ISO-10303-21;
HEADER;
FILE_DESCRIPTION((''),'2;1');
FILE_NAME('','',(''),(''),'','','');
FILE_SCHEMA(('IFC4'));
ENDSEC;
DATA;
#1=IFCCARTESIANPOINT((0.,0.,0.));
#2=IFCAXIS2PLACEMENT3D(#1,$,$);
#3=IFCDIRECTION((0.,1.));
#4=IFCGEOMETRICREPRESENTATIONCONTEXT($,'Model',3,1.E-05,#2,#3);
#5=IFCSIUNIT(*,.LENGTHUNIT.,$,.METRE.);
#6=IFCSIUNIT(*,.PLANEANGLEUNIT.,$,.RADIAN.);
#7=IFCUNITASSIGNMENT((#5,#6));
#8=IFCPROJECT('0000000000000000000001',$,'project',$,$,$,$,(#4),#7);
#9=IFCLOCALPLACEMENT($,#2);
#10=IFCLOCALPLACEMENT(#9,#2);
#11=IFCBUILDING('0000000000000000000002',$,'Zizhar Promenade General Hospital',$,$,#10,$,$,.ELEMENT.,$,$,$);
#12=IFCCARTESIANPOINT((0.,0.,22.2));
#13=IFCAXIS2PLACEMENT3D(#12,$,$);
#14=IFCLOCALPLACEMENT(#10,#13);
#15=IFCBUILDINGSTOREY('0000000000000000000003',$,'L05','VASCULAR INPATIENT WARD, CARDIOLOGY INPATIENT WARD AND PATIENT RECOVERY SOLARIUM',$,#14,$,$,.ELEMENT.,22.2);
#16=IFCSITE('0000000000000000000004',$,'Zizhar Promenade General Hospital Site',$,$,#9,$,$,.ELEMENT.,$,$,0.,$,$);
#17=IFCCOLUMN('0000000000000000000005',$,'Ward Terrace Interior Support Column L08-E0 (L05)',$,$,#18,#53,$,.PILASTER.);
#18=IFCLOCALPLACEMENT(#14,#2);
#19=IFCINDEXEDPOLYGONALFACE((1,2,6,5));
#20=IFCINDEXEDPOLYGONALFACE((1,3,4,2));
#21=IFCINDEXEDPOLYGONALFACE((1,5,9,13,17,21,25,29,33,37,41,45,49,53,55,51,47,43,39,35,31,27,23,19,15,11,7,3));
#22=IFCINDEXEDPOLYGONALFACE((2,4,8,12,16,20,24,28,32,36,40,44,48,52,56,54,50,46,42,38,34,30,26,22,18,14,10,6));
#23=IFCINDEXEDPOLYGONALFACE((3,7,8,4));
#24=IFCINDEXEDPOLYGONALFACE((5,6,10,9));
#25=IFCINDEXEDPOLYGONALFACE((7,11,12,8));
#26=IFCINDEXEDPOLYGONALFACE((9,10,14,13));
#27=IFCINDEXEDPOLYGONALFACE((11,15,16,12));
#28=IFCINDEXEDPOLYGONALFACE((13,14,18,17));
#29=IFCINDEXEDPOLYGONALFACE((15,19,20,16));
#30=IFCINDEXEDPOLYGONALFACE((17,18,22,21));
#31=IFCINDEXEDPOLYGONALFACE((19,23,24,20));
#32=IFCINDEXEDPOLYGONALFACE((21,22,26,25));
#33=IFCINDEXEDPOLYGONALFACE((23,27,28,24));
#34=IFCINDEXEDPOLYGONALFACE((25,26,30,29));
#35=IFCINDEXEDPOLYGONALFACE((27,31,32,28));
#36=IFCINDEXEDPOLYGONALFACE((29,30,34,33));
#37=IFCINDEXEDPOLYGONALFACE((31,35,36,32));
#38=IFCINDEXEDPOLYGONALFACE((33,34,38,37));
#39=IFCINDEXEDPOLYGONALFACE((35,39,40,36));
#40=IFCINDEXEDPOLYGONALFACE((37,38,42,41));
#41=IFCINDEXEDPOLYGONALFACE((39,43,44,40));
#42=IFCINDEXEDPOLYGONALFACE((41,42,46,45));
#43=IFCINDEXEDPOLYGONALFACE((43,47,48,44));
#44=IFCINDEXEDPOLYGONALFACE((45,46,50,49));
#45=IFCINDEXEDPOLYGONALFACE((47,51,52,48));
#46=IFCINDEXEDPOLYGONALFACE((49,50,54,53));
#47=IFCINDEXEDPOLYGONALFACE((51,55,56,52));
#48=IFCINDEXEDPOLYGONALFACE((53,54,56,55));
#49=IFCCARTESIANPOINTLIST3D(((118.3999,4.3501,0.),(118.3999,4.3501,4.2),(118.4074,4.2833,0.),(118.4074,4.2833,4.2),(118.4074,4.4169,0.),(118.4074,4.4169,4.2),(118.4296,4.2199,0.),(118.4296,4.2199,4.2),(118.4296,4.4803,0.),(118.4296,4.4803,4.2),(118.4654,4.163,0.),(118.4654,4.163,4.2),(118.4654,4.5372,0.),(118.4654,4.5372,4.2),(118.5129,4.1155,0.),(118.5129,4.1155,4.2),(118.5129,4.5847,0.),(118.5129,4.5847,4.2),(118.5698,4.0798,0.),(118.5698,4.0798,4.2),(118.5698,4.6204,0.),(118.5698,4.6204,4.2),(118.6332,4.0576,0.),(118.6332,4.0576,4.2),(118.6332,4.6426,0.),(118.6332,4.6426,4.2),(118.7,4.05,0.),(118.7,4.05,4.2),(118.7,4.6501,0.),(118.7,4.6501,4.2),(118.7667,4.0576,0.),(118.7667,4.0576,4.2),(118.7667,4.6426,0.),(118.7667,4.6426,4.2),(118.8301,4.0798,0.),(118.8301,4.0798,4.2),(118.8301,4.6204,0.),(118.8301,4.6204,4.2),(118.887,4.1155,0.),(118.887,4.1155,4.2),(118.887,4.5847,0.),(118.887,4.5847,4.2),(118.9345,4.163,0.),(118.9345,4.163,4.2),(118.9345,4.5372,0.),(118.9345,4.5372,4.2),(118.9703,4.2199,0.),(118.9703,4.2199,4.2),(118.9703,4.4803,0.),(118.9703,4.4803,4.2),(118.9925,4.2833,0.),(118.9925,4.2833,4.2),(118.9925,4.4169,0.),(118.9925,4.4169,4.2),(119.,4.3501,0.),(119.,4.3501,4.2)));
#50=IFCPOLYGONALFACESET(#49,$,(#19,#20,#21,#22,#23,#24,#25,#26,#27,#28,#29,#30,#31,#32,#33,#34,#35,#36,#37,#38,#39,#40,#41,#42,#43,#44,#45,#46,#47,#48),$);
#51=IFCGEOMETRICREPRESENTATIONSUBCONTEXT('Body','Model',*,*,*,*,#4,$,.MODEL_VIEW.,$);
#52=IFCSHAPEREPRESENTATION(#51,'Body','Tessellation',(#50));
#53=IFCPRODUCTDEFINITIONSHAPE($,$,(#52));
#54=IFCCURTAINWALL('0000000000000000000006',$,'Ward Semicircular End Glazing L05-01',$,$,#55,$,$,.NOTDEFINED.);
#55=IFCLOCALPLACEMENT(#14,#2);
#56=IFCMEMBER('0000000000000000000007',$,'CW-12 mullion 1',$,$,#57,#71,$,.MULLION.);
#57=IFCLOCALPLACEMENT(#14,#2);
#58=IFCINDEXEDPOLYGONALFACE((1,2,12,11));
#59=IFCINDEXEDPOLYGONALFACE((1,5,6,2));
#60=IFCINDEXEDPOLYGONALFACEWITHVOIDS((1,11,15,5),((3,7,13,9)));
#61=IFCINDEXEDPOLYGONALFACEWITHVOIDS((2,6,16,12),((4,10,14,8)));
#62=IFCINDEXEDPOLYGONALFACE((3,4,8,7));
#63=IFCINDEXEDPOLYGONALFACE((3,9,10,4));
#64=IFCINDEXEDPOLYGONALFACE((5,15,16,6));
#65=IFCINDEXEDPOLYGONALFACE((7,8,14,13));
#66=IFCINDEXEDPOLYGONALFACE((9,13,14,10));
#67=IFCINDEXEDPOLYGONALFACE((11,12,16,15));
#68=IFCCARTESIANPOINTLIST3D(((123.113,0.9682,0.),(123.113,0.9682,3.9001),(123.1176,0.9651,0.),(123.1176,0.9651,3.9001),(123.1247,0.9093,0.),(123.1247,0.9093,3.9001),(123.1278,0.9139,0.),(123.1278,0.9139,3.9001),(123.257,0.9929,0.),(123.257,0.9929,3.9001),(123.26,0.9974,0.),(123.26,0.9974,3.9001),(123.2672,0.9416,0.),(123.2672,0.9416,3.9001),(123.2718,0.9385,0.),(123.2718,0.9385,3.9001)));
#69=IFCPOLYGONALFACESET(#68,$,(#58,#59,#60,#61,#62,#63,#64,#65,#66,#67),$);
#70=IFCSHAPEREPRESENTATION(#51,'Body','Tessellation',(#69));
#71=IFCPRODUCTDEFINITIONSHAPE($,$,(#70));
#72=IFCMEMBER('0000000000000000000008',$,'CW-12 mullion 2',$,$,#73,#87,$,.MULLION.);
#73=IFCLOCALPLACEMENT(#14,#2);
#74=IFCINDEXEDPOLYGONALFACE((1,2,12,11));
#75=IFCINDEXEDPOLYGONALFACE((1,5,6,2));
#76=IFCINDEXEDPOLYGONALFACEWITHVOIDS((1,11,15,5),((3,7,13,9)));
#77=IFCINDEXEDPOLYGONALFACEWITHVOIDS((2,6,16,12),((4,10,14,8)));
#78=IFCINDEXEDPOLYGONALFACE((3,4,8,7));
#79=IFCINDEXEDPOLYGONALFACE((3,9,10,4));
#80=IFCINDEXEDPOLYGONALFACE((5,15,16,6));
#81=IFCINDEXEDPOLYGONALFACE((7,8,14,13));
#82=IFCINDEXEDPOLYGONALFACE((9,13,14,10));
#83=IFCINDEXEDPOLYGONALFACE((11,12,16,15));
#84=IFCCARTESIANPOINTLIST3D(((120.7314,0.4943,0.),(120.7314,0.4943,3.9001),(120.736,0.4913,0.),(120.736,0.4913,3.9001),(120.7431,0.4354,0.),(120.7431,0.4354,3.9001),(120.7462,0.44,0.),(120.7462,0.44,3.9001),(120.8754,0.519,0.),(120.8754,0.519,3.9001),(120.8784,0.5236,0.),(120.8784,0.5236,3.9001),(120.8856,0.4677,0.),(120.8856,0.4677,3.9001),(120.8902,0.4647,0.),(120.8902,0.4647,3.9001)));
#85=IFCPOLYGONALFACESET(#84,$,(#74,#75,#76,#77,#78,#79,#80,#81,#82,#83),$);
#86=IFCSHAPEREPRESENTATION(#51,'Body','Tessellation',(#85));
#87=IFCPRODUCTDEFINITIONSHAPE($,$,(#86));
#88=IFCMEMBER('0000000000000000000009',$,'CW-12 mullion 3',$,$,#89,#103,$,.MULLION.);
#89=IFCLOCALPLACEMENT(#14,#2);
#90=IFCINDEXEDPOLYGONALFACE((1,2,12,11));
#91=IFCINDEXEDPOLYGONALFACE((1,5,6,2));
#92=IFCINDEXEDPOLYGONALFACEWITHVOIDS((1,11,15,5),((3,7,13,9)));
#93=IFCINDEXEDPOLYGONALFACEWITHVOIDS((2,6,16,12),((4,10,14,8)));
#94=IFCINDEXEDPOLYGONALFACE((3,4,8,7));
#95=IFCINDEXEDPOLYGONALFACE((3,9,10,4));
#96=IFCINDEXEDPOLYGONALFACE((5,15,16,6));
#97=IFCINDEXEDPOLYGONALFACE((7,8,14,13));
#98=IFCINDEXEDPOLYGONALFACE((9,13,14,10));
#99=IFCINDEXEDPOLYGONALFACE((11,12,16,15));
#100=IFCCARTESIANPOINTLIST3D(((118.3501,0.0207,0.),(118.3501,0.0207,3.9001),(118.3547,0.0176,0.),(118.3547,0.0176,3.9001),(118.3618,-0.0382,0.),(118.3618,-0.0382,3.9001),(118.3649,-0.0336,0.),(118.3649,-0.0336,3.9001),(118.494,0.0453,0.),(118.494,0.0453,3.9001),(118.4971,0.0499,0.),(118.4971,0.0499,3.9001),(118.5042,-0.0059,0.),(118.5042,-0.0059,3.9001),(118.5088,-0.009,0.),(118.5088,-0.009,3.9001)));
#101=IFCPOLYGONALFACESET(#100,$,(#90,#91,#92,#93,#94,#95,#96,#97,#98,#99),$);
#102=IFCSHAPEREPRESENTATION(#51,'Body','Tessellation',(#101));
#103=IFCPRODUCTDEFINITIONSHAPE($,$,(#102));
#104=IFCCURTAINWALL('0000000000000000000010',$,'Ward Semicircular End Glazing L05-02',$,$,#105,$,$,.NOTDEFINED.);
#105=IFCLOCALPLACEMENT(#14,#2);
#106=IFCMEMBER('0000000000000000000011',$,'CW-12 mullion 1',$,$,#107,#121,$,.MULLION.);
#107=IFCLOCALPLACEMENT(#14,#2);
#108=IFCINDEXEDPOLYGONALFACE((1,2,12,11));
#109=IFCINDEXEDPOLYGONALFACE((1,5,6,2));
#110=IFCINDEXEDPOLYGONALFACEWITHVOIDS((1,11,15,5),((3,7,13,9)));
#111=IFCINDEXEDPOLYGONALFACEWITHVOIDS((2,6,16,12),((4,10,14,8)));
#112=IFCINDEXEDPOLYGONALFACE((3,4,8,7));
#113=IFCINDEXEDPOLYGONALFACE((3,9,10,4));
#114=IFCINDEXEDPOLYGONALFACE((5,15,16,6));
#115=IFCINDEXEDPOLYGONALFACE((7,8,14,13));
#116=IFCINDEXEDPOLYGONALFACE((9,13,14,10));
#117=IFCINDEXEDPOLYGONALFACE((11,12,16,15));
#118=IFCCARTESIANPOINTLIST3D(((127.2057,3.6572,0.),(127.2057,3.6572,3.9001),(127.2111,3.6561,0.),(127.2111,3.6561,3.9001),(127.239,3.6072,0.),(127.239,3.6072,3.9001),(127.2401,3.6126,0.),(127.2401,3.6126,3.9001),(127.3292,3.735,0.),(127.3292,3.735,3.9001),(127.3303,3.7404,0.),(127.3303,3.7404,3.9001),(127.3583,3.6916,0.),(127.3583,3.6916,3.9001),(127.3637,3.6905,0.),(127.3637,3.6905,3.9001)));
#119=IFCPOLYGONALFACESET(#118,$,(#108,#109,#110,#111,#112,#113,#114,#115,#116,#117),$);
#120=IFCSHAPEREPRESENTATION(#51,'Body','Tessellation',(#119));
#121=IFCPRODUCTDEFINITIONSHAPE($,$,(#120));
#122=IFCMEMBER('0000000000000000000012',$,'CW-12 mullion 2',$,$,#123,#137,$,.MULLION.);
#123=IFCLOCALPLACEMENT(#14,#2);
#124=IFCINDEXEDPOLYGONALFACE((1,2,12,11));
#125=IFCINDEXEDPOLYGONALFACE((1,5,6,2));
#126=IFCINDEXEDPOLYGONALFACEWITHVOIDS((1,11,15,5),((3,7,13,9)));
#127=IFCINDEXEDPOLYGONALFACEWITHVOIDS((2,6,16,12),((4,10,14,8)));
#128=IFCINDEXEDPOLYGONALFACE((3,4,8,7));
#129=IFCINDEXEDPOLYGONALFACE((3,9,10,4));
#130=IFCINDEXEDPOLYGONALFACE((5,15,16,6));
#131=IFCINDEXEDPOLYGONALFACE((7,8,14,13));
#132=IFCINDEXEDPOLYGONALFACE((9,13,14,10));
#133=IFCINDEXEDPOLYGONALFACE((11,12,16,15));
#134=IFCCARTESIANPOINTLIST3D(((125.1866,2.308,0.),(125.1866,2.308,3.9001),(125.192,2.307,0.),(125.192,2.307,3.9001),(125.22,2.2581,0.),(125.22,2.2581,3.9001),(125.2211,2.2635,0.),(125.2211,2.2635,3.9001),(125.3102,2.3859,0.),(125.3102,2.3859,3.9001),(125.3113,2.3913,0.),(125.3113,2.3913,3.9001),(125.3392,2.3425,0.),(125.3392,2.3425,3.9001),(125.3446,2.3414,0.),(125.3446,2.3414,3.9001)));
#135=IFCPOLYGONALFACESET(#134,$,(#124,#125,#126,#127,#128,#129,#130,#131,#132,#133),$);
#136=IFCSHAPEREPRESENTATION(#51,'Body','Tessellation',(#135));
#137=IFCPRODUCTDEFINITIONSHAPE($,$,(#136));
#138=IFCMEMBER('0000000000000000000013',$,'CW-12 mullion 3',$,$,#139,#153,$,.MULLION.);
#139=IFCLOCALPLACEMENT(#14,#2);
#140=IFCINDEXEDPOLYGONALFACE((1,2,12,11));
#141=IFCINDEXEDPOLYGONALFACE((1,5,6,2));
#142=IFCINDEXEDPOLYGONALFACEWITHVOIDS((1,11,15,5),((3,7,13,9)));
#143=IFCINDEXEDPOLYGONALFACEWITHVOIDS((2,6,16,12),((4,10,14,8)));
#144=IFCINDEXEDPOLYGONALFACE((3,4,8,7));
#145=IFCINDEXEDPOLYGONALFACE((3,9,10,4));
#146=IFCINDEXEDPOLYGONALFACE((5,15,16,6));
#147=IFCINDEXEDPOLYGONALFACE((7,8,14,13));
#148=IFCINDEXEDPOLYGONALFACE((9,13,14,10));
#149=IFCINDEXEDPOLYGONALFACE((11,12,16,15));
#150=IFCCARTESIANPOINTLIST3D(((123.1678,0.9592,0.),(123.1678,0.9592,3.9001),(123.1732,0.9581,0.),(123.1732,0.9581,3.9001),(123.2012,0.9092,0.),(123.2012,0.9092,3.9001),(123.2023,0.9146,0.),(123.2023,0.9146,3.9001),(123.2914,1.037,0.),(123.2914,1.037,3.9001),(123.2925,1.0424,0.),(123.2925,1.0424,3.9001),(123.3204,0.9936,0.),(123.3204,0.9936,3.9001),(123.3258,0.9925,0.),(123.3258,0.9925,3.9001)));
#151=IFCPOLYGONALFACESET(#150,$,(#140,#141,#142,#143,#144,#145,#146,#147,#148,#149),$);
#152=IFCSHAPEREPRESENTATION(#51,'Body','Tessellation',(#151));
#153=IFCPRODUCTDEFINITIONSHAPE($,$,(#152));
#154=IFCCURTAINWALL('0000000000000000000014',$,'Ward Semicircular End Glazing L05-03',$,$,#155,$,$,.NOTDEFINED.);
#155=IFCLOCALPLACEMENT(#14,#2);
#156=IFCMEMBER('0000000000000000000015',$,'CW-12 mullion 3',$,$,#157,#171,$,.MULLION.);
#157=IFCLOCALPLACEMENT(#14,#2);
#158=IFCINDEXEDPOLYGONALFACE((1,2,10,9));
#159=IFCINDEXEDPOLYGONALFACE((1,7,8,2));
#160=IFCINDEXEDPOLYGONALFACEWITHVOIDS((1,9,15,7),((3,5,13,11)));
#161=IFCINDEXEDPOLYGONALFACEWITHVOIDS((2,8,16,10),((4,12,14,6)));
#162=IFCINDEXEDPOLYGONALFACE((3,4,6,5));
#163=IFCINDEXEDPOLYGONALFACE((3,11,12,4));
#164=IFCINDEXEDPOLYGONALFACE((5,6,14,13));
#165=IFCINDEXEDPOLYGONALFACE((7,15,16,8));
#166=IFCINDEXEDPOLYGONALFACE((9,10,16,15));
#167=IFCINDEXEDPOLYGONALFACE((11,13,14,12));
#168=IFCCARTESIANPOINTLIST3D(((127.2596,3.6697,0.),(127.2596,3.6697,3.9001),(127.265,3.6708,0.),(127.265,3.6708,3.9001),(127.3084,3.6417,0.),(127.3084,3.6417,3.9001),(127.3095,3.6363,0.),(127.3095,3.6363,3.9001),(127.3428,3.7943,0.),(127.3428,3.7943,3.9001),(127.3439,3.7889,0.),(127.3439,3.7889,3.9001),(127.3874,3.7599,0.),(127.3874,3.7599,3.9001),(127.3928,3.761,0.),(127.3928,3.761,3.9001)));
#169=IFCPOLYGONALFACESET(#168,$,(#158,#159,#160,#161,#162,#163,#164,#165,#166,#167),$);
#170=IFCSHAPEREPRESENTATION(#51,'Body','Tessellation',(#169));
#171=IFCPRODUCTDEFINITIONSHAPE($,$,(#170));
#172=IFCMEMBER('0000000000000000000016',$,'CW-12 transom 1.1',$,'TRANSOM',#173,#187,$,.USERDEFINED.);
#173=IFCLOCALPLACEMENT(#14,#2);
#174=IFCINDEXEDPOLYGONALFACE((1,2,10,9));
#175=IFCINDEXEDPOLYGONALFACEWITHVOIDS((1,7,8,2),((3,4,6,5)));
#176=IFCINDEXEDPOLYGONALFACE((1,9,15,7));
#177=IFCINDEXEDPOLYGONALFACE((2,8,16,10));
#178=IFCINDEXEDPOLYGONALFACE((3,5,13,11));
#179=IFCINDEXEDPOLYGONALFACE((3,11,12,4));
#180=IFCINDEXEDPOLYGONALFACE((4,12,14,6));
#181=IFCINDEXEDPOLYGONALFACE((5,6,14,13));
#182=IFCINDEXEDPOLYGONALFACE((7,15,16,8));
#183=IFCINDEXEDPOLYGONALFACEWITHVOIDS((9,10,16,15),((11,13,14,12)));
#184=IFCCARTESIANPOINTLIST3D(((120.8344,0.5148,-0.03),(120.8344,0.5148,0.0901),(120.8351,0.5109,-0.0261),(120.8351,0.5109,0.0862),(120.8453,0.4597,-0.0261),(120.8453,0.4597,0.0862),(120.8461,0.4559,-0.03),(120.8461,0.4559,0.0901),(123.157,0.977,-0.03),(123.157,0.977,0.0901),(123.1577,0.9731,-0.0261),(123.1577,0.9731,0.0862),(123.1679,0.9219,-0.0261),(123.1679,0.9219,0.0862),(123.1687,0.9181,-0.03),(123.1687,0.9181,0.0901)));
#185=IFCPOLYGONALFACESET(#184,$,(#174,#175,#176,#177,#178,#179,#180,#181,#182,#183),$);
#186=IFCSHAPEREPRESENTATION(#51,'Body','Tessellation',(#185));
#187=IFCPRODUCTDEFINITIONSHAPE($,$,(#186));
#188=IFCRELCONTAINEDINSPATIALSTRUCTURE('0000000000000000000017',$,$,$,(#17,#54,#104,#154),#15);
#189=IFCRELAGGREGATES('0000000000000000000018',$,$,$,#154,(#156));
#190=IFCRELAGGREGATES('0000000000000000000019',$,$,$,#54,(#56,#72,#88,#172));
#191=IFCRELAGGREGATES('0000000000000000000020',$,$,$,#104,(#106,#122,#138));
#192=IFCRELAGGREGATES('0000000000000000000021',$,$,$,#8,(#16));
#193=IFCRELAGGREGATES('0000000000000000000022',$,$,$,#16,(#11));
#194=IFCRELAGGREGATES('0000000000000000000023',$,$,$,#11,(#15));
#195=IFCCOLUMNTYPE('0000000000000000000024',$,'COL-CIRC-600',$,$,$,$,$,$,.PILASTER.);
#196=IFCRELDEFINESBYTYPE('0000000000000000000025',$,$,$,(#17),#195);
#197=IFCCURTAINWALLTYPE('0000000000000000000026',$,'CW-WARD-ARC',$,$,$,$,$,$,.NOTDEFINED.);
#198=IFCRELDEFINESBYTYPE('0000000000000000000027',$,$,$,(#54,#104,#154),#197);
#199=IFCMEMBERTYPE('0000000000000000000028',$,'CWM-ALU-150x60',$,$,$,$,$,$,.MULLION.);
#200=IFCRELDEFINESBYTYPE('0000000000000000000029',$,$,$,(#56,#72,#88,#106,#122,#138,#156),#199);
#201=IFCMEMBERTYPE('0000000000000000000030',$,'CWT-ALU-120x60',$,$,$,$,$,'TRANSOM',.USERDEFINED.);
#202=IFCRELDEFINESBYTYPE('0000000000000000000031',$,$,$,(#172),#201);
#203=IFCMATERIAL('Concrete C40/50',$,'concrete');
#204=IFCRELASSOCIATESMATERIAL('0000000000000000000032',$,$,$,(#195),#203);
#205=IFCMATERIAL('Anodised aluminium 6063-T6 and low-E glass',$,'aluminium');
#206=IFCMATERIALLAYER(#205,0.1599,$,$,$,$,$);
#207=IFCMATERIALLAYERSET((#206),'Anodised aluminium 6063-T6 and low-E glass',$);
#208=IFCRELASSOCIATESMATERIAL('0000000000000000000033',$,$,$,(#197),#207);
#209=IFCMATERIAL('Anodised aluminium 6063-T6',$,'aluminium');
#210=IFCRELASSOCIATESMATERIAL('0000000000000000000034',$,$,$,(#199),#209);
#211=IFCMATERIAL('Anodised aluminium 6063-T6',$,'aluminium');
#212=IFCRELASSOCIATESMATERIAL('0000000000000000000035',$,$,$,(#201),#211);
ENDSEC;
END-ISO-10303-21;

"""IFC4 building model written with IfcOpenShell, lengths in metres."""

from ifc_helpers import new_model, si_unit, direction, frame, origin, origin_2d, place, context, subcontext, project, spatial, hollow_rectangle, circle, extrude, material, layer, layer_set, material_profile, profile_set, type_object, element, aggregate, save


model = new_model("IFC4")

# Units and contexts
model_context = context("Model", 3, precision=1e-05, world=origin(), true_north=direction((0.0, 1.0)))
body_context = subcontext(model_context, "Body", "Model", "MODEL_VIEW")
ifc_project = project(units=[si_unit("LENGTHUNIT", "METRE"), si_unit("PLANEANGLEUNIT", "RADIAN")], contexts=[model_context])

# Site, building, storey
site_placement = place(None, origin())
site = spatial("IfcSite", under=ifc_project, at=site_placement, Name="Zizhar Promenade General Hospital Site", CompositionType="ELEMENT", RefElevation=0.0)
building_placement = place(site_placement, origin())
building = spatial("IfcBuilding", under=site, at=building_placement, Name="Zizhar Promenade General Hospital", CompositionType="ELEMENT")
storey_placement = place(building_placement, frame((0.0, 0.0, 22.2)))
storey = spatial("IfcBuildingStorey", under=building, at=storey_placement, Name="L05", Description="VASCULAR INPATIENT WARD, CARDIOLOGY INPATIENT WARD AND PATIENT RECOVERY SOLARIUM", CompositionType="ELEMENT", Elevation=22.2)

# Column
ifc_material_1 = material(Name="Concrete C40/50", Category="concrete")
ifc_material_profile_1 = material_profile(ifc_material_1, circle(Radius=0.3, at=origin_2d()))
ifc_profile_set_1 = profile_set([ifc_material_profile_1], Name="Concrete C40/50")
column_type = type_object("IfcColumnType", Name="COL-CIRC-600", PredefinedType="PILASTER", material=ifc_profile_set_1)
column_placement = place(storey_placement, frame((118.7, 4.3501, 0.0), z_axis=(0.0, 0.0, 1.0), x_axis=(1.0, 0.0, 0.0)))
element("IfcColumn", 1, at=column_placement, inside=storey, type_object=column_type, Name="Ward Terrace Interior Support Column L08-E0 (L05)", PredefinedType="PILASTER", context=body_context, shape_type="SweptSolid", body=[
    extrude(circle(Radius=0.3, at=origin_2d()), origin(), (0.0, 0.0, 1.0), 4.2),
])

# Curtain walls, members
ifc_material_2 = material(Name="Anodised aluminium 6063-T6 and low-E glass", Category="aluminium")
ifc_layer_1 = layer(ifc_material_2, 0.1599)
ifc_layer_set_1 = layer_set([ifc_layer_1], Name="Anodised aluminium 6063-T6 and low-E glass")
curtain_wall_type = type_object("IfcCurtainWallType", Name="CW-WARD-ARC", PredefinedType="NOTDEFINED", material=ifc_layer_set_1)
curtain_wall_1_placement = place(storey_placement, origin())
curtain_wall_1 = element("IfcCurtainWall", 2, at=curtain_wall_1_placement, inside=storey, type_object=curtain_wall_type, Name="Ward Semicircular End Glazing L05-01", PredefinedType="NOTDEFINED")
ifc_material_3 = material(Name="Anodised aluminium 6063-T6", Category="aluminium")
ifc_material_profile_2 = material_profile(ifc_material_3, hollow_rectangle(XDim=0.0601, YDim=0.1499, WallThickness=0.0039, at=origin_2d()))
ifc_profile_set_2 = profile_set([ifc_material_profile_2], Name="Anodised aluminium 6063-T6")
member_type_1 = type_object("IfcMemberType", Name="CWM-ALU-150x60", PredefinedType="MULLION", material=ifc_profile_set_2)
member_1_placement = place(storey_placement, frame((123.1924, 0.9534, 0.0), z_axis=(0.0, 0.0, 1.0), x_axis=(0.195087, -0.980786, 0.0)))
member_1 = element("IfcMember", 3, at=member_1_placement, type_object=member_type_1, Name="CW-12 mullion 1", PredefinedType="MULLION", context=body_context, shape_type="SweptSolid", body=[
    extrude(hollow_rectangle(XDim=0.0601, YDim=0.1499, WallThickness=0.0039, at=origin_2d()), origin(), (0.0, 0.0, 1.0), 3.9001),
])
member_2_placement = place(storey_placement, frame((120.8108, 0.4795, 0.0), z_axis=(0.0, 0.0, 1.0), x_axis=(0.195087, -0.980786, 0.0)))
member_2 = element("IfcMember", 4, at=member_2_placement, type_object=member_type_1, Name="CW-12 mullion 2", PredefinedType="MULLION", context=body_context, shape_type="SweptSolid", body=[
    extrude(hollow_rectangle(XDim=0.0601, YDim=0.1499, WallThickness=0.0039, at=origin_2d()), origin(), (0.0, 0.0, 1.0), 3.9001),
])
member_3_placement = place(storey_placement, frame((118.4294, 0.0059, 0.0), z_axis=(0.0, 0.0, 1.0), x_axis=(0.195087, -0.980786, 0.0)))
member_3 = element("IfcMember", 5, at=member_3_placement, type_object=member_type_1, Name="CW-12 mullion 3", PredefinedType="MULLION", context=body_context, shape_type="SweptSolid", body=[
    extrude(hollow_rectangle(XDim=0.0601, YDim=0.1499, WallThickness=0.0039, at=origin_2d()), origin(), (0.0, 0.0, 1.0), 3.9001),
])
curtain_wall_2_placement = place(storey_placement, origin())
curtain_wall_2 = element("IfcCurtainWall", 6, at=curtain_wall_2_placement, inside=storey, type_object=curtain_wall_type, Name="Ward Semicircular End Glazing L05-02", PredefinedType="NOTDEFINED")
member_4_placement = place(storey_placement, frame((127.2847, 3.6738, 0.0), z_axis=(0.0, 0.0, 1.0), x_axis=(0.555582, -0.831462, 0.0)))
member_4 = element("IfcMember", 7, at=member_4_placement, type_object=member_type_1, Name="CW-12 mullion 1", PredefinedType="MULLION", context=body_context, shape_type="SweptSolid", body=[
    extrude(hollow_rectangle(XDim=0.0601, YDim=0.1499, WallThickness=0.0039, at=origin_2d()), origin(), (0.0, 0.0, 1.0), 3.9001),
])
member_5_placement = place(storey_placement, frame((125.2656, 2.3247, 0.0), z_axis=(0.0, 0.0, 1.0), x_axis=(0.555582, -0.831462, 0.0)))
member_5 = element("IfcMember", 8, at=member_5_placement, type_object=member_type_1, Name="CW-12 mullion 2", PredefinedType="MULLION", context=body_context, shape_type="SweptSolid", body=[
    extrude(hollow_rectangle(XDim=0.0601, YDim=0.1499, WallThickness=0.0039, at=origin_2d()), origin(), (0.0, 0.0, 1.0), 3.9001),
])
member_6_placement = place(storey_placement, frame((123.2468, 0.9758, 0.0), z_axis=(0.0, 0.0, 1.0), x_axis=(0.555582, -0.831462, 0.0)))
member_6 = element("IfcMember", 9, at=member_6_placement, type_object=member_type_1, Name="CW-12 mullion 3", PredefinedType="MULLION", context=body_context, shape_type="SweptSolid", body=[
    extrude(hollow_rectangle(XDim=0.0601, YDim=0.1499, WallThickness=0.0039, at=origin_2d()), origin(), (0.0, 0.0, 1.0), 3.9001),
])

# Curtain wall, member
curtain_wall_3_placement = place(storey_placement, origin())
curtain_wall_3 = element("IfcCurtainWall", 10, at=curtain_wall_3_placement, inside=storey, type_object=curtain_wall_type, Name="Ward Semicircular End Glazing L05-03", PredefinedType="NOTDEFINED")
member_7_placement = place(storey_placement, frame((127.3262, 3.7153, 0.0), z_axis=(0.0, 0.0, 1.0), x_axis=(0.831462, -0.555582, 0.0)))
member_7 = element("IfcMember", 11, at=member_7_placement, type_object=member_type_1, Name="CW-12 mullion 3", PredefinedType="MULLION", context=body_context, shape_type="SweptSolid", body=[
    extrude(hollow_rectangle(XDim=0.0601, YDim=0.1499, WallThickness=0.0039, at=origin_2d()), origin(), (0.0, 0.0, 1.0), 3.9001),
])
aggregate(curtain_wall_3, [member_7])

# Member
ifc_material_4 = material(Name="Anodised aluminium 6063-T6", Category="aluminium")
ifc_material_profile_3 = material_profile(ifc_material_4, hollow_rectangle(XDim=0.0601, YDim=0.1201, WallThickness=0.0039, at=origin_2d()))
ifc_profile_set_3 = profile_set([ifc_material_profile_3], Name="Anodised aluminium 6063-T6")
member_type_2 = type_object("IfcMemberType", Name="CWT-ALU-120x60", ElementType="TRANSOM", PredefinedType="USERDEFINED", material=ifc_profile_set_3)
member_8_placement = place(storey_placement, frame((123.1628, 0.9475, 0.03), z_axis=(-0.980771, -0.195164, 0.0), x_axis=(0.195164, -0.980771, 0.0)))
member_8 = element("IfcMember", 12, at=member_8_placement, type_object=member_type_2, Name="CW-12 transom 1.1", ObjectType="TRANSOM", PredefinedType="USERDEFINED", context=body_context, shape_type="SweptSolid", body=[
    extrude(hollow_rectangle(XDim=0.0601, YDim=0.1201, WallThickness=0.0039, at=origin_2d()), origin(), (0.0, 0.0, 1.0), 2.3682),
])

aggregate(curtain_wall_1, [member_1, member_2, member_3, member_8])
aggregate(curtain_wall_2, [member_4, member_5, member_6])

save(model, "model.ifc")
